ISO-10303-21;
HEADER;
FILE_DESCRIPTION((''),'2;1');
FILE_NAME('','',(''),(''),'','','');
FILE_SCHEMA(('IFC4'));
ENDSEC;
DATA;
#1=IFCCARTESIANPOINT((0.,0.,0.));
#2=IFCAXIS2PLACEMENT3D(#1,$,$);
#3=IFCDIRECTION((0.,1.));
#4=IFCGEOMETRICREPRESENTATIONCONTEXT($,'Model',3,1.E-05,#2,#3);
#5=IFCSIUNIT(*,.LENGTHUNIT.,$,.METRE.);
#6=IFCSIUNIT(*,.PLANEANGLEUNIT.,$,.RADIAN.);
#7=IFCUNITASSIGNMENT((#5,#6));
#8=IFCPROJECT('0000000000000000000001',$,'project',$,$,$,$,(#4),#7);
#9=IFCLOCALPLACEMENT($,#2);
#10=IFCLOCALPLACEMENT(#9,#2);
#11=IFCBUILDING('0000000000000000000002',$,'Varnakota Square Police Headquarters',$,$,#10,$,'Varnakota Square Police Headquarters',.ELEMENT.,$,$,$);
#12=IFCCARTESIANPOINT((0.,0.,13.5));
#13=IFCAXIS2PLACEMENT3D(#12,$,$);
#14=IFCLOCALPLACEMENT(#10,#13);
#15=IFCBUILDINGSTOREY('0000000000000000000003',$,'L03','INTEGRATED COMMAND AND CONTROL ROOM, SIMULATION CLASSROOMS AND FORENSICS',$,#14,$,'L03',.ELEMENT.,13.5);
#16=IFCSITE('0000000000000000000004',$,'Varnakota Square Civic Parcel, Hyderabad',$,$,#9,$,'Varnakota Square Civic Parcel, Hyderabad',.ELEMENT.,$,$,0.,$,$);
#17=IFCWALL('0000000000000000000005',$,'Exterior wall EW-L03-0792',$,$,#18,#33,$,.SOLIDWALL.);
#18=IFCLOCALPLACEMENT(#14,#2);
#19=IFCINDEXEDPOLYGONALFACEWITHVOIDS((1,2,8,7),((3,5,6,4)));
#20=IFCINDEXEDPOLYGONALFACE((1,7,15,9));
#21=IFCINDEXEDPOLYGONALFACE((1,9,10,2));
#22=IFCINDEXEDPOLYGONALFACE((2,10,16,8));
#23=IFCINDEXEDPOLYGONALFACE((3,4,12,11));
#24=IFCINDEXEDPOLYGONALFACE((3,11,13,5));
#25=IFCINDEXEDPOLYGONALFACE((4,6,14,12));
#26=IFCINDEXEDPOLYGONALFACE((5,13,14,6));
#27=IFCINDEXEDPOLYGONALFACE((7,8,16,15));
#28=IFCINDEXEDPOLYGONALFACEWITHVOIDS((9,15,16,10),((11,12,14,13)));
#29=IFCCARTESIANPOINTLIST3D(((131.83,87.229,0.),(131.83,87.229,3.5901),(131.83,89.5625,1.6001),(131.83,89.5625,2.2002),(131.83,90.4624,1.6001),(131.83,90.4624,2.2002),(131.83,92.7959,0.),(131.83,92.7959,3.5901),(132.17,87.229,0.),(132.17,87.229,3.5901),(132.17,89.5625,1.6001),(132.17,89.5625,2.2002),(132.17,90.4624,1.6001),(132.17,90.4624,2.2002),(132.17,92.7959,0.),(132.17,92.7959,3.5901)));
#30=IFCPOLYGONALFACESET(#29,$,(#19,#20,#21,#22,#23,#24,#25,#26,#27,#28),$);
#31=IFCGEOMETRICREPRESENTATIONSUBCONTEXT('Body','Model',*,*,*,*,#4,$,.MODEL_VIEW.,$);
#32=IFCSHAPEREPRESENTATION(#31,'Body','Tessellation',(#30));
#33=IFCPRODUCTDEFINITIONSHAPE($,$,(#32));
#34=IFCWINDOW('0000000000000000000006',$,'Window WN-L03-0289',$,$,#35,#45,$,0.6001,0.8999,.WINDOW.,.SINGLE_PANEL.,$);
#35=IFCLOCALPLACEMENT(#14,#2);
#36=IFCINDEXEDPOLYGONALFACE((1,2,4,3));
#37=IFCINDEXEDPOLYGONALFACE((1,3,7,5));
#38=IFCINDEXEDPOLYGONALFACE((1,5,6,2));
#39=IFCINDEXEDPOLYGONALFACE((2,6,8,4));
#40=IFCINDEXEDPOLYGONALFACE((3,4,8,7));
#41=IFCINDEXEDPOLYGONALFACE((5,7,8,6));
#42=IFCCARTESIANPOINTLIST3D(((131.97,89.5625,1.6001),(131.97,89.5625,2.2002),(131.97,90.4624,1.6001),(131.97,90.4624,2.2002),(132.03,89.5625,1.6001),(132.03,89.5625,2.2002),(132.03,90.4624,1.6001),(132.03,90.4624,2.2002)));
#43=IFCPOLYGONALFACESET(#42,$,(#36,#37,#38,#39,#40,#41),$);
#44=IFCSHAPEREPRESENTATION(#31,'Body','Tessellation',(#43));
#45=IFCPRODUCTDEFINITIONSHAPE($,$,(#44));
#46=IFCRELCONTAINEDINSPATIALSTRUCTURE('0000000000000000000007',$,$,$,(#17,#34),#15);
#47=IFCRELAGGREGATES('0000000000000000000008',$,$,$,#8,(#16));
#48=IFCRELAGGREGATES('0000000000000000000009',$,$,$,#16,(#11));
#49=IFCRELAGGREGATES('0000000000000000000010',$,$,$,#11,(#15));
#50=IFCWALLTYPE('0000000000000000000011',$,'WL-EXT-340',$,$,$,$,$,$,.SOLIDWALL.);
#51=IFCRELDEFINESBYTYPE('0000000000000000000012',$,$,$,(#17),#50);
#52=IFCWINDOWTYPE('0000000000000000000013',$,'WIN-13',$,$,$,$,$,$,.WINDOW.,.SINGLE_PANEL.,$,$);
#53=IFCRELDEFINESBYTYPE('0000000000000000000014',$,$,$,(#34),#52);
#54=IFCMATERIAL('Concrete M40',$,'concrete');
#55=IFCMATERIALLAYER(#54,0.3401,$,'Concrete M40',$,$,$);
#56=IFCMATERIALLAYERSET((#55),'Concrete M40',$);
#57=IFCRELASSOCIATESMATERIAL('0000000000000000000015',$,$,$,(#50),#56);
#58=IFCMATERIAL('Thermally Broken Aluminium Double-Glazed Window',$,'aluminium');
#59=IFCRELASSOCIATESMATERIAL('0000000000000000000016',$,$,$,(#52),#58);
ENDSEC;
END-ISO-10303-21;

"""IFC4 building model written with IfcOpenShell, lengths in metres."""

from ifc_helpers import new_model, si_unit, direction, frame, frame_2d, origin, place, context, subcontext, project, spatial, rectangle, extrude, material, layer, layer_set, type_object, element, fill, save


model = new_model("IFC4")

# Units and contexts
model_context = context("Model", 3, precision=1e-05, world=origin(), true_north=direction((0.0, 1.0)))
body_context = subcontext(model_context, "Body", "Model", "MODEL_VIEW")
ifc_project = project(units=[si_unit("LENGTHUNIT", "METRE"), si_unit("PLANEANGLEUNIT", "RADIAN")], contexts=[model_context])

# Site, building, storey
site_placement = place(None, origin())
site = spatial("IfcSite", under=ifc_project, at=site_placement, Name="Varnakota Square Civic Parcel, Hyderabad", LongName="Varnakota Square Civic Parcel, Hyderabad", CompositionType="ELEMENT", RefElevation=0.0)
building_placement = place(site_placement, origin())
building = spatial("IfcBuilding", under=site, at=building_placement, Name="Varnakota Square Police Headquarters", LongName="Varnakota Square Police Headquarters", CompositionType="ELEMENT")
storey_placement = place(building_placement, frame((0.0, 0.0, 13.5)))
storey = spatial("IfcBuildingStorey", under=building, at=storey_placement, Name="L03", Description="INTEGRATED COMMAND AND CONTROL ROOM, SIMULATION CLASSROOMS AND FORENSICS", LongName="L03", CompositionType="ELEMENT", Elevation=13.5)

# Wall, opening, window
ifc_material_1 = material(Name="Concrete M40", Category="concrete")
ifc_layer = layer(ifc_material_1, 0.3401, Name="Concrete M40")
ifc_layer_set = layer_set([ifc_layer], Name="Concrete M40")
wall_type = type_object("IfcWallType", Name="WL-EXT-340", PredefinedType="SOLIDWALL", material=ifc_layer_set)
ifc_material_2 = material(Name="Thermally Broken Aluminium Double-Glazed Window", Category="aluminium")
window_type = type_object("IfcWindowType", Name="WIN-13", PartitioningType="SINGLE_PANEL", PredefinedType="WINDOW", material=ifc_material_2)
wall_1_placement = place(storey_placement, frame((132.0, 87.229, 0.0), z_axis=(0.0, 0.0, 1.0), x_axis=(0.0, 1.0, 0.0)))
wall_1 = element("IfcWall", 1, at=wall_1_placement, inside=storey, type_object=wall_type, Name="Exterior wall EW-L03-0792", PredefinedType="SOLIDWALL", context=body_context, shape_type="SweptSolid", body=[
    extrude(rectangle(XDim=5.5669, YDim=0.3401, at=frame_2d((2.7834, 0.0))), origin(), (0.0, 0.0, 1.0), 3.5901),
])
opening_1_placement = place(wall_1_placement, frame((2.3335, 0.0, 1.6001)))
opening_1 = element("IfcOpeningElement", 2, at=opening_1_placement, cuts=wall_1, PredefinedType="OPENING", context=body_context, shape_type="SweptSolid", body=[
    extrude(rectangle(XDim=0.8999, YDim=0.6001, at=frame_2d((0.45, 0.3))), frame((0.0, 0.1799, 0.0), z_axis=(0.0, -1.0, 0.0), x_axis=(1.0, 0.0, 0.0)), (0.0, 0.0, 1.0), 0.3601),
])
window_1_placement = place(opening_1_placement, origin())
window_1 = element("IfcWindow", 3, at=window_1_placement, inside=storey, type_object=window_type, Name="Window WN-L03-0289", OverallHeight=0.6001, OverallWidth=0.8999, PartitioningType="SINGLE_PANEL", PredefinedType="WINDOW", context=body_context, shape_type="SweptSolid", body=[
    extrude(rectangle(XDim=0.8999, YDim=0.6001, at=frame_2d((0.45, 0.3))), frame((0.0, 0.03, 0.0), z_axis=(0.0, -1.0, 0.0), x_axis=(1.0, 0.0, 0.0)), (0.0, 0.0, 1.0), 0.0601),
])
fill(opening_1, window_1)

save(model, "model.ifc")
